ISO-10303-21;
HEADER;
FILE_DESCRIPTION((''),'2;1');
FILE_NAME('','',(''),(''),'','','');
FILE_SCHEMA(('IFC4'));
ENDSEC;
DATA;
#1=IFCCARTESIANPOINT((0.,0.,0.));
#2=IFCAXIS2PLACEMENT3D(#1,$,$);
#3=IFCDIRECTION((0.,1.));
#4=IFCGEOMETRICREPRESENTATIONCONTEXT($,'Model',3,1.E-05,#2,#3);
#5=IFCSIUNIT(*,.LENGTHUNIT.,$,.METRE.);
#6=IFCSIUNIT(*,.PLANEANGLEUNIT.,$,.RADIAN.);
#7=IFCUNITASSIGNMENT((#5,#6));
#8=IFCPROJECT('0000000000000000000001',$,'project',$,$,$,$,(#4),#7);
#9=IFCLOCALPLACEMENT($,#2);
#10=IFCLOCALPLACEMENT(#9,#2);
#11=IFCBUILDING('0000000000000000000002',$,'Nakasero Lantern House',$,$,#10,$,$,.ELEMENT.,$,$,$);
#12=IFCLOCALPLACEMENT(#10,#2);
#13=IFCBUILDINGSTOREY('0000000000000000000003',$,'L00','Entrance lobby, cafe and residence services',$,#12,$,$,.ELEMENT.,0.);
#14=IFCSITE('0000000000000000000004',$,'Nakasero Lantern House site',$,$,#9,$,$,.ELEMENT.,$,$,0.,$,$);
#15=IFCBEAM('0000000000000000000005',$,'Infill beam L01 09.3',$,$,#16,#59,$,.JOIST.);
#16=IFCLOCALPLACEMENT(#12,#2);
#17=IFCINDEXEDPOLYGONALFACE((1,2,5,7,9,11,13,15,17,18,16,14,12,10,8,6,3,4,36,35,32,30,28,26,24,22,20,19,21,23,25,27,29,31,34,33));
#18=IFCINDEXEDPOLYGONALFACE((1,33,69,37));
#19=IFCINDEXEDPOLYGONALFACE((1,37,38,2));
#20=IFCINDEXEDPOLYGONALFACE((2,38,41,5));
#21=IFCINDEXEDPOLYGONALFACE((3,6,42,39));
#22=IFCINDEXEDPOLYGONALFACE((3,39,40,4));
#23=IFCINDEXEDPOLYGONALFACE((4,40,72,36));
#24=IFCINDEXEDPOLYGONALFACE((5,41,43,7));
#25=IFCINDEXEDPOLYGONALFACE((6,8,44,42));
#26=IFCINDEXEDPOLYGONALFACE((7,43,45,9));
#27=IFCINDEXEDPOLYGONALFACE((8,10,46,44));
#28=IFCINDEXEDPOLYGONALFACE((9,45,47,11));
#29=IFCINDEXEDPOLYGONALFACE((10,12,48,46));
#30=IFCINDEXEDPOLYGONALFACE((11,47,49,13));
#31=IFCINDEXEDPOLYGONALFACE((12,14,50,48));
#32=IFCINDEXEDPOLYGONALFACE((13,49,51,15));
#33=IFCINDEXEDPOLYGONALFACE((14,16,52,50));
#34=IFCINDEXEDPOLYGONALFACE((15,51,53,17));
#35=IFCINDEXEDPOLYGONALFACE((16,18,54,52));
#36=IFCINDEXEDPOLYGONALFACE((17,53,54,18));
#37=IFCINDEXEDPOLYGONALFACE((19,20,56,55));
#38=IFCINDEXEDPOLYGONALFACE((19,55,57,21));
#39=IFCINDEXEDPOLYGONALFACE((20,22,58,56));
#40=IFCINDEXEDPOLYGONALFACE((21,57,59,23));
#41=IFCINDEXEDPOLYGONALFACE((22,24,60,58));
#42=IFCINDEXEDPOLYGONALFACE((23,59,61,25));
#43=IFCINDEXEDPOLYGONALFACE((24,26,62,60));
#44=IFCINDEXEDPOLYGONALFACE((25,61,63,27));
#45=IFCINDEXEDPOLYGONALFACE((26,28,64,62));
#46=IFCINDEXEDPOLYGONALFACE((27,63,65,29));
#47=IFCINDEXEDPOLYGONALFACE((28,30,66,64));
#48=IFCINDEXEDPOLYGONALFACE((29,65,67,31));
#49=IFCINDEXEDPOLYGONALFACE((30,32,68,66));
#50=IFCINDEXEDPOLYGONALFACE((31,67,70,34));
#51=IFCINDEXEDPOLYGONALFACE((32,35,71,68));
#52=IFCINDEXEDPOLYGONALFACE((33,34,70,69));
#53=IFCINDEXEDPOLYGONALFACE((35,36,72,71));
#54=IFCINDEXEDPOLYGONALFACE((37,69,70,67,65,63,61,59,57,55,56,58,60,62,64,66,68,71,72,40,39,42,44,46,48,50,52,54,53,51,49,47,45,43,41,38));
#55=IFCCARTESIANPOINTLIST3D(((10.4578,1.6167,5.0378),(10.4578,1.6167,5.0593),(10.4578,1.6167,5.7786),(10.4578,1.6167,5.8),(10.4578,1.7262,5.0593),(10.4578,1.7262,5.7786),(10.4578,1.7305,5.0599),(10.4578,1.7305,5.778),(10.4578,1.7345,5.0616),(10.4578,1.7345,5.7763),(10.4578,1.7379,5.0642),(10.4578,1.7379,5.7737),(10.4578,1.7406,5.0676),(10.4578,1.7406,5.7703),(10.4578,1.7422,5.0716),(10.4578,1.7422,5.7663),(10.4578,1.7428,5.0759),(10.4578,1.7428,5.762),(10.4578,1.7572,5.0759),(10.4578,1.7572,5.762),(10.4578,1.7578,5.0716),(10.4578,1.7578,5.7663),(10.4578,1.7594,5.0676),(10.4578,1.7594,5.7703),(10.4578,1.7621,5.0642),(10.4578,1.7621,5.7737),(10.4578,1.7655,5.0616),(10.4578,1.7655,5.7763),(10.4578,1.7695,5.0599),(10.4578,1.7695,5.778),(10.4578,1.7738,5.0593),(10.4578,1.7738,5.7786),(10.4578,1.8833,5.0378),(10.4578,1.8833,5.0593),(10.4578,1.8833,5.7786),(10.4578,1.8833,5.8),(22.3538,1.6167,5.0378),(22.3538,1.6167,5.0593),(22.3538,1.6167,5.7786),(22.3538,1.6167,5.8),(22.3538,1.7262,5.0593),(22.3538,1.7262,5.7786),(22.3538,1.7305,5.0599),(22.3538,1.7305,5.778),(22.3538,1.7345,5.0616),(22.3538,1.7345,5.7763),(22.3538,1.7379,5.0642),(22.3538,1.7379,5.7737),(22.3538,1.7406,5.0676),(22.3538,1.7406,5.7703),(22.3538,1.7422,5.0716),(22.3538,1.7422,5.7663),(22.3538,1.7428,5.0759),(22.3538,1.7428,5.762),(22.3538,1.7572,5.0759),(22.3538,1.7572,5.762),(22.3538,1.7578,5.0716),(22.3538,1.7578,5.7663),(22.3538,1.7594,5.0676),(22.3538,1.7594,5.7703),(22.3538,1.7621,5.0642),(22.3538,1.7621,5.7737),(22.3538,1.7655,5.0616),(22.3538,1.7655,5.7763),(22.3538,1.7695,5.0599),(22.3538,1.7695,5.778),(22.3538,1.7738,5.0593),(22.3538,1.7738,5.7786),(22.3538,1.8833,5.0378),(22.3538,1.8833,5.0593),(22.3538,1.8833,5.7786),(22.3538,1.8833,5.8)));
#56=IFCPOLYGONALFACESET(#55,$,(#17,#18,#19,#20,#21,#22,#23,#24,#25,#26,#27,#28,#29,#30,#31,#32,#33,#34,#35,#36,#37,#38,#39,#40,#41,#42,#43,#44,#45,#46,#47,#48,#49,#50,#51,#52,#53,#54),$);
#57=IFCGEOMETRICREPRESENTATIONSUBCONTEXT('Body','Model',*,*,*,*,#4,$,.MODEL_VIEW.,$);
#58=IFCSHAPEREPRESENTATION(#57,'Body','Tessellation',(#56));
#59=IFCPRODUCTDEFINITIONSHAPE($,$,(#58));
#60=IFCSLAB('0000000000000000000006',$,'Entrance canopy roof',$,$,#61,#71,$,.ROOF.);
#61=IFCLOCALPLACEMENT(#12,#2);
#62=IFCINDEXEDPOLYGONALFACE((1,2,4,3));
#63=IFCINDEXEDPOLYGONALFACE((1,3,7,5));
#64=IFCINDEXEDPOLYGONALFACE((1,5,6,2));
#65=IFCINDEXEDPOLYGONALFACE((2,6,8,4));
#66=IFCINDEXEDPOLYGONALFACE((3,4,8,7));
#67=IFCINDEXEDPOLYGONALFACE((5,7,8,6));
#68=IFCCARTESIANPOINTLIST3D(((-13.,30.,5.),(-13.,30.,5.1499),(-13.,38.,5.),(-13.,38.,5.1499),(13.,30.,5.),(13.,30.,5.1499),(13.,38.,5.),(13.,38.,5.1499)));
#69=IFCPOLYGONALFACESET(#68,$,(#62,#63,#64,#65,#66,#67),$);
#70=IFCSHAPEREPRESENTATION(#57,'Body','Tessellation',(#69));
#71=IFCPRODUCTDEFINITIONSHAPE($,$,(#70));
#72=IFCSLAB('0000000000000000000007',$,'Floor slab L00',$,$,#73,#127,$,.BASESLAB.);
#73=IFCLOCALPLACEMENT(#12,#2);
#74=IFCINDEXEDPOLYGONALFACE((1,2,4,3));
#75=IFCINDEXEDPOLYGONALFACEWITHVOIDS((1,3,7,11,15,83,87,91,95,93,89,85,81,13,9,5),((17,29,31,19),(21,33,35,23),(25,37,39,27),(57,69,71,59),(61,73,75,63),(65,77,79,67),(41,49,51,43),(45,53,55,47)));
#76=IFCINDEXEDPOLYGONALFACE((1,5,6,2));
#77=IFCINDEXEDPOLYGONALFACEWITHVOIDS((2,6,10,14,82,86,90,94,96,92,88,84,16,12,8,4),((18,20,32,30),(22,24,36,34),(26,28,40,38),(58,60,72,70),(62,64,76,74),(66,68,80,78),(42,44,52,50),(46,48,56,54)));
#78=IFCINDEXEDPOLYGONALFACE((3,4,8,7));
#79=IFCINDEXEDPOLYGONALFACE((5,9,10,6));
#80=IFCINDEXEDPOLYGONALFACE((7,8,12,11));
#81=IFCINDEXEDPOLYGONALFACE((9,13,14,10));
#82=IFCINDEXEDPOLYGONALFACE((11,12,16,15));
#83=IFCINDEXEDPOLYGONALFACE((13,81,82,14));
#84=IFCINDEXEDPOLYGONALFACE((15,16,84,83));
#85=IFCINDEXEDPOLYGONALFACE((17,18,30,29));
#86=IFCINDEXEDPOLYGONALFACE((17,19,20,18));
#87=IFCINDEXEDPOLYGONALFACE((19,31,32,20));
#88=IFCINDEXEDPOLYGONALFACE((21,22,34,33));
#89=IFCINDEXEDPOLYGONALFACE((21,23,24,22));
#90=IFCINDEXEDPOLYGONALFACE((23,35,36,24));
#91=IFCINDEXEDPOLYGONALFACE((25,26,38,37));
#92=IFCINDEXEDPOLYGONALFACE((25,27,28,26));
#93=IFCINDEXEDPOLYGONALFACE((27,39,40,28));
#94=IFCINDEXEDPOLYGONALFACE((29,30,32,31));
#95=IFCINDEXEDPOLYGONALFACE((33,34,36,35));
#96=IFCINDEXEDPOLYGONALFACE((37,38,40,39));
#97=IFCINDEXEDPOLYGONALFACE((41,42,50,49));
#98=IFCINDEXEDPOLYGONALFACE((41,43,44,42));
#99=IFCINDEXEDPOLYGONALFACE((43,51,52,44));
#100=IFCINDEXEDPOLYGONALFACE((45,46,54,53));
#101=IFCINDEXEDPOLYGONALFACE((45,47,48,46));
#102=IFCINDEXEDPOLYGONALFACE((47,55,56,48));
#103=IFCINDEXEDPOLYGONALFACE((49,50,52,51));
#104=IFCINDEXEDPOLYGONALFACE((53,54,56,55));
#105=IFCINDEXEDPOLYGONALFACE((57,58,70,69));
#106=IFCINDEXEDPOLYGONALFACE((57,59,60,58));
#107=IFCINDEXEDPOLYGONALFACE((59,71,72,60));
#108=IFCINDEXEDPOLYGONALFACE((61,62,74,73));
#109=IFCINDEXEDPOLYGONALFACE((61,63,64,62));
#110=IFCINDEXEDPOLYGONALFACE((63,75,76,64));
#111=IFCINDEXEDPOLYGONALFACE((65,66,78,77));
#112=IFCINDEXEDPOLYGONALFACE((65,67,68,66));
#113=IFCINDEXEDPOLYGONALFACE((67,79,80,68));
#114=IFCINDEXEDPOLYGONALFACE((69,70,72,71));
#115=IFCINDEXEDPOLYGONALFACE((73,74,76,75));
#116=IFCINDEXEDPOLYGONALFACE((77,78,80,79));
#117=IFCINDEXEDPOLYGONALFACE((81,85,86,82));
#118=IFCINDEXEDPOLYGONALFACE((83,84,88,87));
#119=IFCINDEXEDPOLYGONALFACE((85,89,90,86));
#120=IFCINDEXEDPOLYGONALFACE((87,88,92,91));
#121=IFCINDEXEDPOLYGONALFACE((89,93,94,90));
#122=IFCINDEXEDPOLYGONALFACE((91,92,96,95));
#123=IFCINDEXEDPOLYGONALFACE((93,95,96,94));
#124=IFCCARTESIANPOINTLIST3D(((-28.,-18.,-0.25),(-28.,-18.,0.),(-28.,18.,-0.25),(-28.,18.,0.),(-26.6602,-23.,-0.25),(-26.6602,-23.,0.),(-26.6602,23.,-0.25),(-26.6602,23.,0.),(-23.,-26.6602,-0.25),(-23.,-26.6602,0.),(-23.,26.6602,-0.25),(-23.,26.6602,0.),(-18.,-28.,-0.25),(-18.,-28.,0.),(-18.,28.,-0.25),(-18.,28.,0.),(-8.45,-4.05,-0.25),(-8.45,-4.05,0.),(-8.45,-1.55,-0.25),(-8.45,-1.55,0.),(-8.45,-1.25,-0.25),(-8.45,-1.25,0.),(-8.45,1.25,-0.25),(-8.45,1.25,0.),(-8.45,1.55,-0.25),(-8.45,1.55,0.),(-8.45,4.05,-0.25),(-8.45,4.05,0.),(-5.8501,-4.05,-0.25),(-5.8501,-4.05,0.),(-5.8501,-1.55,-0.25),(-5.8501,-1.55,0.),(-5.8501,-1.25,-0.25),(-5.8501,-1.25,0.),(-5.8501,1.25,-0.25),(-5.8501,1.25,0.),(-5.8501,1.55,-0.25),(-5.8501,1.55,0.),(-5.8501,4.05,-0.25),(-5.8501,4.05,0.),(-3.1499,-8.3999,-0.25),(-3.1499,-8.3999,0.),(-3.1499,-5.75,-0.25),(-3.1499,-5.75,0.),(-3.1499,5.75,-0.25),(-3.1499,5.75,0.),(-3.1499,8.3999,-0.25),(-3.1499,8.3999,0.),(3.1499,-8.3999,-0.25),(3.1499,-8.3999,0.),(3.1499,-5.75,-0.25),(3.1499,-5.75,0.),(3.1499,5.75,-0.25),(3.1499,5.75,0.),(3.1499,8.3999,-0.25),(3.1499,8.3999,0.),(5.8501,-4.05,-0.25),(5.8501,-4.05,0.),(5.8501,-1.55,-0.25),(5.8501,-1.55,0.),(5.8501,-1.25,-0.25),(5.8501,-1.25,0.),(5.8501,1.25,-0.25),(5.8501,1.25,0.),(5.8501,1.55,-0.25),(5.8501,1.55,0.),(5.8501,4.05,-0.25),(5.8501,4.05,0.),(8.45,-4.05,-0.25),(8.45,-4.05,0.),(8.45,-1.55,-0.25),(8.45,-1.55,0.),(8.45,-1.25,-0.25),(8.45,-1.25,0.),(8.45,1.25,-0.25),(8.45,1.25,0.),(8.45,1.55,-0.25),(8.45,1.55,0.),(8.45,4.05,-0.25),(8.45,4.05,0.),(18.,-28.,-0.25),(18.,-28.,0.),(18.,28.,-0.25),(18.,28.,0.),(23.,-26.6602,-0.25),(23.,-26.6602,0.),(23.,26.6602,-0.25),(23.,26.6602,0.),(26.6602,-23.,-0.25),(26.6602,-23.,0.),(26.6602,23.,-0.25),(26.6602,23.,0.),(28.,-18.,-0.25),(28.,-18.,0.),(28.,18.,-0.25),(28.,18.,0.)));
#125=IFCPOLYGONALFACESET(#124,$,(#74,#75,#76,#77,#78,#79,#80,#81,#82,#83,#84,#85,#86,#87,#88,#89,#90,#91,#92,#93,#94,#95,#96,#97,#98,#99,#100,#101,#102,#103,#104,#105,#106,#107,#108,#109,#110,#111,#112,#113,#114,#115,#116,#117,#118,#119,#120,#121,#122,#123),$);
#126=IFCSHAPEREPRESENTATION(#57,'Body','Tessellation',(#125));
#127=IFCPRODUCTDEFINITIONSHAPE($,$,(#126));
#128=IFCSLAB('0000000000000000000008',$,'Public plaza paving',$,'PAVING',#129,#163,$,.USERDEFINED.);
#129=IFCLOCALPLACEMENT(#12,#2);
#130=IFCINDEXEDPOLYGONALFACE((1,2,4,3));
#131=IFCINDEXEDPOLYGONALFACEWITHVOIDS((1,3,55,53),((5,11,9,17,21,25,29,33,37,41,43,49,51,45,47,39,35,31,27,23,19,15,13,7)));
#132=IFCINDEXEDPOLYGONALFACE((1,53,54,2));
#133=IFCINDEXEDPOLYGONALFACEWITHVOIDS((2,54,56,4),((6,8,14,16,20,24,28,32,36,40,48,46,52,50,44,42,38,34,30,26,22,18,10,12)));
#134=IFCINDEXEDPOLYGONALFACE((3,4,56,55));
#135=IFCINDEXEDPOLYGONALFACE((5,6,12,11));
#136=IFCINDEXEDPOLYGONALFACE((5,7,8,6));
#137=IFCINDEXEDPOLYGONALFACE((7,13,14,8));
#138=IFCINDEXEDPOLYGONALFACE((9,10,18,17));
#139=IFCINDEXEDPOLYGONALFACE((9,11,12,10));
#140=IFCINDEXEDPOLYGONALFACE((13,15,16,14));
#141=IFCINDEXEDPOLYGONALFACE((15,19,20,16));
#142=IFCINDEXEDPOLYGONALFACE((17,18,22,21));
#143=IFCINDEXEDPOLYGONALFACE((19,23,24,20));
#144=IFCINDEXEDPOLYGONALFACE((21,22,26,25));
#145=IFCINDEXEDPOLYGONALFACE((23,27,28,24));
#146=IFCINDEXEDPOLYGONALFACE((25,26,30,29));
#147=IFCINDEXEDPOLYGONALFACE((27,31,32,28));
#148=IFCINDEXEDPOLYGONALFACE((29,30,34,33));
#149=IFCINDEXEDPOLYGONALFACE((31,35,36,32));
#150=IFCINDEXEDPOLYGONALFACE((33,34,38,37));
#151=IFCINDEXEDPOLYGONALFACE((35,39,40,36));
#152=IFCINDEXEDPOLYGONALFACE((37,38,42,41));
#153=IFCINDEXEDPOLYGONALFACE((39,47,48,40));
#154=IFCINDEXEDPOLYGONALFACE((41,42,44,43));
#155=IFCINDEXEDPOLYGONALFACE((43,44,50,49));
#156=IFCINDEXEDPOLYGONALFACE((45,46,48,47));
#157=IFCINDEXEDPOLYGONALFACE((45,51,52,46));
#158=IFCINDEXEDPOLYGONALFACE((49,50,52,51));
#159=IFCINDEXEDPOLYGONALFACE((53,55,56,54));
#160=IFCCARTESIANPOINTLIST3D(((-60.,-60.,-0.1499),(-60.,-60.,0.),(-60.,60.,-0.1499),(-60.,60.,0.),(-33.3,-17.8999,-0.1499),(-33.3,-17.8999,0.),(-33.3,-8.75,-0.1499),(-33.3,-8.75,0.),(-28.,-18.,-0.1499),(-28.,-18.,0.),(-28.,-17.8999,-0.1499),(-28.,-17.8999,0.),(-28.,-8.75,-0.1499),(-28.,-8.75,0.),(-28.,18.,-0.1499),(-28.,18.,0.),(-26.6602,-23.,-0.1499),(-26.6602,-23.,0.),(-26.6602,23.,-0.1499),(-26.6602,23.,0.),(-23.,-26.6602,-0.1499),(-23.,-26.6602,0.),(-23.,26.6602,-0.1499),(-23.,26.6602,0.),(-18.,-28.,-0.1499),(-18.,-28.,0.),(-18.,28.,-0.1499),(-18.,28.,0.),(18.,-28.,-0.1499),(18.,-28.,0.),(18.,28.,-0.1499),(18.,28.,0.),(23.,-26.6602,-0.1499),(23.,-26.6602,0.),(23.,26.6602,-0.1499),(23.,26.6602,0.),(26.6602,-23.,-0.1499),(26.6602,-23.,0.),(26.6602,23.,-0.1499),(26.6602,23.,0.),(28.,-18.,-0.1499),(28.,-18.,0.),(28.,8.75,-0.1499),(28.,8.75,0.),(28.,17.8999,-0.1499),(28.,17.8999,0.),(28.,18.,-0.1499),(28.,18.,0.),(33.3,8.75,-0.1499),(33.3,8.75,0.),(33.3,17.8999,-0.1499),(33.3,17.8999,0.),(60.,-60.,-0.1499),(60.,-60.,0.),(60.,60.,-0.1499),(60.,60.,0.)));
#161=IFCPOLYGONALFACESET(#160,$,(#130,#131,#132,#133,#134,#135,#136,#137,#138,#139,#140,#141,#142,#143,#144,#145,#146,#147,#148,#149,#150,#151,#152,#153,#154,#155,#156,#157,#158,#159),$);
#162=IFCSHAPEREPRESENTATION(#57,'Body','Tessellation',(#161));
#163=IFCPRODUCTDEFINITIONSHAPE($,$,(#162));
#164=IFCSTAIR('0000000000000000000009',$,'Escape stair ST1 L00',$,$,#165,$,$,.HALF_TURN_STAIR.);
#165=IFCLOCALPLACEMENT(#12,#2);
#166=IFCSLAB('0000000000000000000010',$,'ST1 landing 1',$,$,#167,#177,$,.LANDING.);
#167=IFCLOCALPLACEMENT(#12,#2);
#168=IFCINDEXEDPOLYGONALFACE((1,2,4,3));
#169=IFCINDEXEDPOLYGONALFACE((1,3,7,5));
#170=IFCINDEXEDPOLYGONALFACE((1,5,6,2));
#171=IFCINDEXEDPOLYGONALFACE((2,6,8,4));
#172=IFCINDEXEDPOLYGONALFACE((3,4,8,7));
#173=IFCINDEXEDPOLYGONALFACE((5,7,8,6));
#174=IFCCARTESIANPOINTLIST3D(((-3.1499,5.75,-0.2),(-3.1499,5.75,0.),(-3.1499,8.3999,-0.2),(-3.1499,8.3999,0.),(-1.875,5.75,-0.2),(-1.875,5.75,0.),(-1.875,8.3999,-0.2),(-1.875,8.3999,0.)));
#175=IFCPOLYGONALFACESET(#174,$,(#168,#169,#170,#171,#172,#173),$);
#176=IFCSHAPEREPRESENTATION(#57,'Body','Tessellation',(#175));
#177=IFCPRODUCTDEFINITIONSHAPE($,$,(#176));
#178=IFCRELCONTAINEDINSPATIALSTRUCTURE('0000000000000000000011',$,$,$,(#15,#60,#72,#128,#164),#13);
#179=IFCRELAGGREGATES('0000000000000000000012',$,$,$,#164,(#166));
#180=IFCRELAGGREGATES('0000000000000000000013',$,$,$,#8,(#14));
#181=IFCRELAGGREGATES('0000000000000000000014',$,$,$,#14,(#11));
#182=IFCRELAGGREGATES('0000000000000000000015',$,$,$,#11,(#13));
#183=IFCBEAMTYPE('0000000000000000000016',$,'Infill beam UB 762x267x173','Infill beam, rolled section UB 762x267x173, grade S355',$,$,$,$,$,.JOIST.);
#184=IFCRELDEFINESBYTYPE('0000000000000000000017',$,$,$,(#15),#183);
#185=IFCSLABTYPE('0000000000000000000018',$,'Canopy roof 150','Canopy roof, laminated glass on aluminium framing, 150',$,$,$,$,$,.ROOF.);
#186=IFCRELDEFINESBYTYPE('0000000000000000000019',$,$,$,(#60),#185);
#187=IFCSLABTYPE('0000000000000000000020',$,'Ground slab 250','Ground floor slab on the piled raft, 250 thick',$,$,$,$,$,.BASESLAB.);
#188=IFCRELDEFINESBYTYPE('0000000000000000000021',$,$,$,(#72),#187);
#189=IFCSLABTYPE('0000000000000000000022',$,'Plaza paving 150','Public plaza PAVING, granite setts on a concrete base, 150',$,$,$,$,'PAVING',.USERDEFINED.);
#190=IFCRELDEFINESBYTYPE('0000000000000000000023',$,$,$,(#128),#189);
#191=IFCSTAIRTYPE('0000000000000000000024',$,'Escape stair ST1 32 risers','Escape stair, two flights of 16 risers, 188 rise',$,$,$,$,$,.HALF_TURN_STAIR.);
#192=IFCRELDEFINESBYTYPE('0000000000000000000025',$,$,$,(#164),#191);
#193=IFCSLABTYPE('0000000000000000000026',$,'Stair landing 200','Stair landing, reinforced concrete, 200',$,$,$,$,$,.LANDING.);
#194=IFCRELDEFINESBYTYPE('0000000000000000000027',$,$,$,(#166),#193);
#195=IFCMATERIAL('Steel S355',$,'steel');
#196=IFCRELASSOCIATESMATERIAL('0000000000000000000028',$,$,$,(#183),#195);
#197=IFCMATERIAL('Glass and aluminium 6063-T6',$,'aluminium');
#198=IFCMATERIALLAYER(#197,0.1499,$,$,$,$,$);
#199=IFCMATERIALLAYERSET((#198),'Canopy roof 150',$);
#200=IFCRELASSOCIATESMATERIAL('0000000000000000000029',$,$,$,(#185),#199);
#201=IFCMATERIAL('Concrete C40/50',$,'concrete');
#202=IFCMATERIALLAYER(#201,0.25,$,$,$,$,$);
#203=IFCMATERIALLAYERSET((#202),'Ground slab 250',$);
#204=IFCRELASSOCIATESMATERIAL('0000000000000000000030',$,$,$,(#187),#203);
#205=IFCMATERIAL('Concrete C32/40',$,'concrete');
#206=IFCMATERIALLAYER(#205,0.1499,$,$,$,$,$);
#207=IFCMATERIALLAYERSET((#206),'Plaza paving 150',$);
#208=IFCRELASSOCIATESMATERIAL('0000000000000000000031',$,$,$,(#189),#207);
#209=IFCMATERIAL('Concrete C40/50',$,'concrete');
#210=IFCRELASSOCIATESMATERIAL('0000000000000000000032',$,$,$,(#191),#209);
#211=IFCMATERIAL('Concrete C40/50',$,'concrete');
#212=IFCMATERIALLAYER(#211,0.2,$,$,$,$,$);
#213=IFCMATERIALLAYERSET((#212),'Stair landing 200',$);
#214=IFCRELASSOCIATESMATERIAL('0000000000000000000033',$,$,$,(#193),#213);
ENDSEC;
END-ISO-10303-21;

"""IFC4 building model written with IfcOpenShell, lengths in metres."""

from ifc_helpers import new_model, si_unit, direction, frame, origin, origin_2d, place, context, subcontext, project, spatial, polyline, i_section, outline, extrude, material, layer, layer_set, material_profile, profile_set, type_object, element, aggregate, save


model = new_model("IFC4")

# Units and contexts
model_context = context("Model", 3, precision=1e-05, world=origin(), true_north=direction((0.0, 1.0)))
body_context = subcontext(model_context, "Body", "Model", "MODEL_VIEW")
ifc_project = project(units=[si_unit("LENGTHUNIT", "METRE"), si_unit("PLANEANGLEUNIT", "RADIAN")], contexts=[model_context])

# Site, building, storey
site_placement = place(None, origin())
site = spatial("IfcSite", under=ifc_project, at=site_placement, Name="Nakasero Lantern House site", CompositionType="ELEMENT", RefElevation=0.0)
building_placement = place(site_placement, origin())
building = spatial("IfcBuilding", under=site, at=building_placement, Name="Nakasero Lantern House", CompositionType="ELEMENT")
storey_placement = place(building_placement, origin())
storey = spatial("IfcBuildingStorey", under=building, at=storey_placement, Name="L00", Description="Entrance lobby, cafe and residence services", CompositionType="ELEMENT", Elevation=0.0)

# Beam
ifc_material_1 = material(Name="Steel S355", Category="steel")
ifc_material_profile = material_profile(ifc_material_1, i_section(OverallWidth=0.2666, OverallDepth=0.7622, WebThickness=0.0144, FlangeThickness=0.0215, FilletRadius=0.0166, at=origin_2d()), Name="UB 762x267x173")
ifc_profile_set = profile_set([ifc_material_profile], Name="Steel S355")
beam_type = type_object("IfcBeamType", Name="Infill beam UB 762x267x173", Description="Infill beam, rolled section UB 762x267x173, grade S355", PredefinedType="JOIST", material=ifc_profile_set)
for number, where, z_axis, x_axis, name in (
    (1, (10.4578, 1.75, 5.4189), (1.0, 0.0, 0.0), (0.0, 1.0, 0.0), "Infill beam L01 09.3"),
):
    element("IfcBeam", number, at=place(storey_placement, frame(where, z_axis=z_axis, x_axis=x_axis)), inside=storey, type_object=beam_type, Name=name, PredefinedType="JOIST", context=body_context, shape_type="SweptSolid", body=[
        extrude(i_section(OverallWidth=0.2666, OverallDepth=0.7622, WebThickness=0.0144, FlangeThickness=0.0215, FilletRadius=0.0166, at=origin_2d()), origin(), (0.0, 0.0, 1.0), 11.896),
    ])

# Slabs
ifc_material_2 = material(Name="Glass and aluminium 6063-T6", Category="aluminium")
ifc_layer_1 = layer(ifc_material_2, 0.1499)
ifc_layer_set_1 = layer_set([ifc_layer_1], Name="Canopy roof 150")
slab_type_1 = type_object("IfcSlabType", Name="Canopy roof 150", Description="Canopy roof, laminated glass on aluminium framing, 150", PredefinedType="ROOF", material=ifc_layer_set_1)
slab_1_placement = place(storey_placement, frame((0.0, 0.0, 5.0)))
element("IfcSlab", 2, at=slab_1_placement, inside=storey, type_object=slab_type_1, Name="Entrance canopy roof", PredefinedType="ROOF", context=body_context, shape_type="SweptSolid", body=[
    extrude(outline(polyline([(-13.0, 30.0), (13.0, 30.0), (13.0, 38.0), (-13.0, 38.0), (-13.0, 30.0)])), origin(), (0.0, 0.0, 1.0), 0.1499),
])
ifc_material_3 = material(Name="Concrete C40/50", Category="concrete")
ifc_layer_2 = layer(ifc_material_3, 0.25)
ifc_layer_set_2 = layer_set([ifc_layer_2], Name="Ground slab 250")
slab_type_2 = type_object("IfcSlabType", Name="Ground slab 250", Description="Ground floor slab on the piled raft, 250 thick", PredefinedType="BASESLAB", material=ifc_layer_set_2)
slab_2_placement = place(storey_placement, frame((0.0, 0.0, -0.25)))
element("IfcSlab", 3, at=slab_2_placement, inside=storey, type_object=slab_type_2, Name="Floor slab L00", PredefinedType="BASESLAB", context=body_context, shape_type="SweptSolid", body=[
    extrude(outline(polyline([(28.0, 18.0), (26.6602, 23.0), (23.0, 26.6602), (18.0, 28.0), (-18.0, 28.0), (-23.0, 26.6602), (-26.6602, 23.0), (-28.0, 18.0), (-28.0, -18.0), (-26.6602, -23.0), (-23.0, -26.6602), (-18.0, -28.0), (18.0, -28.0), (23.0, -26.6602), (26.6602, -23.0), (28.0, -18.0), (28.0, 18.0)]), holes=[polyline([(-8.45, -4.05), (-5.8501, -4.05), (-5.8501, -1.55), (-8.45, -1.55), (-8.45, -4.05)]), polyline([(-8.45, -1.25), (-5.8501, -1.25), (-5.8501, 1.25), (-8.45, 1.25), (-8.45, -1.25)]), polyline([(-8.45, 1.55), (-5.8501, 1.55), (-5.8501, 4.05), (-8.45, 4.05), (-8.45, 1.55)]), polyline([(5.8501, -4.05), (8.45, -4.05), (8.45, -1.55), (5.8501, -1.55), (5.8501, -4.05)]), polyline([(5.8501, -1.25), (8.45, -1.25), (8.45, 1.25), (5.8501, 1.25), (5.8501, -1.25)]), polyline([(5.8501, 1.55), (8.45, 1.55), (8.45, 4.05), (5.8501, 4.05), (5.8501, 1.55)]), polyline([(-3.1499, 5.75), (3.1499, 5.75), (3.1499, 8.3999), (-3.1499, 8.3999), (-3.1499, 5.75)]), polyline([(-3.1499, -8.3999), (3.1499, -8.3999), (3.1499, -5.75), (-3.1499, -5.75), (-3.1499, -8.3999)])]), origin(), (0.0, 0.0, 1.0), 0.25),
])
ifc_material_4 = material(Name="Concrete C32/40", Category="concrete")
ifc_layer_3 = layer(ifc_material_4, 0.1499)
ifc_layer_set_3 = layer_set([ifc_layer_3], Name="Plaza paving 150")
slab_type_3 = type_object("IfcSlabType", Name="Plaza paving 150", Description="Public plaza PAVING, granite setts on a concrete base, 150", ElementType="PAVING", PredefinedType="USERDEFINED", material=ifc_layer_set_3)
slab_3_placement = place(storey_placement, frame((0.0, 0.0, -0.1499)))
element("IfcSlab", 4, at=slab_3_placement, inside=storey, type_object=slab_type_3, Name="Public plaza paving", ObjectType="PAVING", PredefinedType="USERDEFINED", context=body_context, shape_type="SweptSolid", body=[
    extrude(outline(polyline([(-60.0, -60.0), (60.0, -60.0), (60.0, 60.0), (-60.0, 60.0), (-60.0, -60.0)]), holes=[polyline([(-28.0, -17.8999), (-33.3, -17.8999), (-33.3, -8.75), (-28.0, -8.75), (-28.0, 18.0), (-26.6602, 23.0), (-23.0, 26.6602), (-18.0, 28.0), (18.0, 28.0), (23.0, 26.6602), (26.6602, 23.0), (28.0, 18.0), (28.0, 17.8999), (33.3, 17.8999), (33.3, 8.75), (28.0, 8.75), (28.0, -18.0), (26.6602, -23.0), (23.0, -26.6602), (18.0, -28.0), (-18.0, -28.0), (-23.0, -26.6602), (-26.6602, -23.0), (-28.0, -18.0), (-28.0, -17.8999)])]), origin(), (0.0, 0.0, 1.0), 0.1499),
])

# Stair, slab
ifc_material_5 = material(Name="Concrete C40/50", Category="concrete")
stair_type_1 = type_object("IfcStairType", Name="Escape stair ST1 32 risers", Description="Escape stair, two flights of 16 risers, 188 rise", PredefinedType="HALF_TURN_STAIR", material=ifc_material_5)
stair_1_placement = place(storey_placement, origin())
stair_1 = element("IfcStair", 5, at=stair_1_placement, inside=storey, type_object=stair_type_1, Name="Escape stair ST1 L00", PredefinedType="HALF_TURN_STAIR")
ifc_material_6 = material(Name="Concrete C40/50", Category="concrete")
ifc_layer_4 = layer(ifc_material_6, 0.2)
ifc_layer_set_4 = layer_set([ifc_layer_4], Name="Stair landing 200")
slab_type_4 = type_object("IfcSlabType", Name="Stair landing 200", Description="Stair landing, reinforced concrete, 200", PredefinedType="LANDING", material=ifc_layer_set_4)
slab_4_placement = place(storey_placement, frame((0.0, 0.0, -0.2)))
slab_4 = element("IfcSlab", 6, at=slab_4_placement, type_object=slab_type_4, Name="ST1 landing 1", PredefinedType="LANDING", context=body_context, shape_type="SweptSolid", body=[
    extrude(outline(polyline([(-3.1499, 5.75), (-1.875, 5.75), (-1.875, 8.3999), (-3.1499, 8.3999), (-3.1499, 5.75)])), origin(), (0.0, 0.0, 1.0), 0.2),
])
aggregate(stair_1, [slab_4])

save(model, "model.ifc")
